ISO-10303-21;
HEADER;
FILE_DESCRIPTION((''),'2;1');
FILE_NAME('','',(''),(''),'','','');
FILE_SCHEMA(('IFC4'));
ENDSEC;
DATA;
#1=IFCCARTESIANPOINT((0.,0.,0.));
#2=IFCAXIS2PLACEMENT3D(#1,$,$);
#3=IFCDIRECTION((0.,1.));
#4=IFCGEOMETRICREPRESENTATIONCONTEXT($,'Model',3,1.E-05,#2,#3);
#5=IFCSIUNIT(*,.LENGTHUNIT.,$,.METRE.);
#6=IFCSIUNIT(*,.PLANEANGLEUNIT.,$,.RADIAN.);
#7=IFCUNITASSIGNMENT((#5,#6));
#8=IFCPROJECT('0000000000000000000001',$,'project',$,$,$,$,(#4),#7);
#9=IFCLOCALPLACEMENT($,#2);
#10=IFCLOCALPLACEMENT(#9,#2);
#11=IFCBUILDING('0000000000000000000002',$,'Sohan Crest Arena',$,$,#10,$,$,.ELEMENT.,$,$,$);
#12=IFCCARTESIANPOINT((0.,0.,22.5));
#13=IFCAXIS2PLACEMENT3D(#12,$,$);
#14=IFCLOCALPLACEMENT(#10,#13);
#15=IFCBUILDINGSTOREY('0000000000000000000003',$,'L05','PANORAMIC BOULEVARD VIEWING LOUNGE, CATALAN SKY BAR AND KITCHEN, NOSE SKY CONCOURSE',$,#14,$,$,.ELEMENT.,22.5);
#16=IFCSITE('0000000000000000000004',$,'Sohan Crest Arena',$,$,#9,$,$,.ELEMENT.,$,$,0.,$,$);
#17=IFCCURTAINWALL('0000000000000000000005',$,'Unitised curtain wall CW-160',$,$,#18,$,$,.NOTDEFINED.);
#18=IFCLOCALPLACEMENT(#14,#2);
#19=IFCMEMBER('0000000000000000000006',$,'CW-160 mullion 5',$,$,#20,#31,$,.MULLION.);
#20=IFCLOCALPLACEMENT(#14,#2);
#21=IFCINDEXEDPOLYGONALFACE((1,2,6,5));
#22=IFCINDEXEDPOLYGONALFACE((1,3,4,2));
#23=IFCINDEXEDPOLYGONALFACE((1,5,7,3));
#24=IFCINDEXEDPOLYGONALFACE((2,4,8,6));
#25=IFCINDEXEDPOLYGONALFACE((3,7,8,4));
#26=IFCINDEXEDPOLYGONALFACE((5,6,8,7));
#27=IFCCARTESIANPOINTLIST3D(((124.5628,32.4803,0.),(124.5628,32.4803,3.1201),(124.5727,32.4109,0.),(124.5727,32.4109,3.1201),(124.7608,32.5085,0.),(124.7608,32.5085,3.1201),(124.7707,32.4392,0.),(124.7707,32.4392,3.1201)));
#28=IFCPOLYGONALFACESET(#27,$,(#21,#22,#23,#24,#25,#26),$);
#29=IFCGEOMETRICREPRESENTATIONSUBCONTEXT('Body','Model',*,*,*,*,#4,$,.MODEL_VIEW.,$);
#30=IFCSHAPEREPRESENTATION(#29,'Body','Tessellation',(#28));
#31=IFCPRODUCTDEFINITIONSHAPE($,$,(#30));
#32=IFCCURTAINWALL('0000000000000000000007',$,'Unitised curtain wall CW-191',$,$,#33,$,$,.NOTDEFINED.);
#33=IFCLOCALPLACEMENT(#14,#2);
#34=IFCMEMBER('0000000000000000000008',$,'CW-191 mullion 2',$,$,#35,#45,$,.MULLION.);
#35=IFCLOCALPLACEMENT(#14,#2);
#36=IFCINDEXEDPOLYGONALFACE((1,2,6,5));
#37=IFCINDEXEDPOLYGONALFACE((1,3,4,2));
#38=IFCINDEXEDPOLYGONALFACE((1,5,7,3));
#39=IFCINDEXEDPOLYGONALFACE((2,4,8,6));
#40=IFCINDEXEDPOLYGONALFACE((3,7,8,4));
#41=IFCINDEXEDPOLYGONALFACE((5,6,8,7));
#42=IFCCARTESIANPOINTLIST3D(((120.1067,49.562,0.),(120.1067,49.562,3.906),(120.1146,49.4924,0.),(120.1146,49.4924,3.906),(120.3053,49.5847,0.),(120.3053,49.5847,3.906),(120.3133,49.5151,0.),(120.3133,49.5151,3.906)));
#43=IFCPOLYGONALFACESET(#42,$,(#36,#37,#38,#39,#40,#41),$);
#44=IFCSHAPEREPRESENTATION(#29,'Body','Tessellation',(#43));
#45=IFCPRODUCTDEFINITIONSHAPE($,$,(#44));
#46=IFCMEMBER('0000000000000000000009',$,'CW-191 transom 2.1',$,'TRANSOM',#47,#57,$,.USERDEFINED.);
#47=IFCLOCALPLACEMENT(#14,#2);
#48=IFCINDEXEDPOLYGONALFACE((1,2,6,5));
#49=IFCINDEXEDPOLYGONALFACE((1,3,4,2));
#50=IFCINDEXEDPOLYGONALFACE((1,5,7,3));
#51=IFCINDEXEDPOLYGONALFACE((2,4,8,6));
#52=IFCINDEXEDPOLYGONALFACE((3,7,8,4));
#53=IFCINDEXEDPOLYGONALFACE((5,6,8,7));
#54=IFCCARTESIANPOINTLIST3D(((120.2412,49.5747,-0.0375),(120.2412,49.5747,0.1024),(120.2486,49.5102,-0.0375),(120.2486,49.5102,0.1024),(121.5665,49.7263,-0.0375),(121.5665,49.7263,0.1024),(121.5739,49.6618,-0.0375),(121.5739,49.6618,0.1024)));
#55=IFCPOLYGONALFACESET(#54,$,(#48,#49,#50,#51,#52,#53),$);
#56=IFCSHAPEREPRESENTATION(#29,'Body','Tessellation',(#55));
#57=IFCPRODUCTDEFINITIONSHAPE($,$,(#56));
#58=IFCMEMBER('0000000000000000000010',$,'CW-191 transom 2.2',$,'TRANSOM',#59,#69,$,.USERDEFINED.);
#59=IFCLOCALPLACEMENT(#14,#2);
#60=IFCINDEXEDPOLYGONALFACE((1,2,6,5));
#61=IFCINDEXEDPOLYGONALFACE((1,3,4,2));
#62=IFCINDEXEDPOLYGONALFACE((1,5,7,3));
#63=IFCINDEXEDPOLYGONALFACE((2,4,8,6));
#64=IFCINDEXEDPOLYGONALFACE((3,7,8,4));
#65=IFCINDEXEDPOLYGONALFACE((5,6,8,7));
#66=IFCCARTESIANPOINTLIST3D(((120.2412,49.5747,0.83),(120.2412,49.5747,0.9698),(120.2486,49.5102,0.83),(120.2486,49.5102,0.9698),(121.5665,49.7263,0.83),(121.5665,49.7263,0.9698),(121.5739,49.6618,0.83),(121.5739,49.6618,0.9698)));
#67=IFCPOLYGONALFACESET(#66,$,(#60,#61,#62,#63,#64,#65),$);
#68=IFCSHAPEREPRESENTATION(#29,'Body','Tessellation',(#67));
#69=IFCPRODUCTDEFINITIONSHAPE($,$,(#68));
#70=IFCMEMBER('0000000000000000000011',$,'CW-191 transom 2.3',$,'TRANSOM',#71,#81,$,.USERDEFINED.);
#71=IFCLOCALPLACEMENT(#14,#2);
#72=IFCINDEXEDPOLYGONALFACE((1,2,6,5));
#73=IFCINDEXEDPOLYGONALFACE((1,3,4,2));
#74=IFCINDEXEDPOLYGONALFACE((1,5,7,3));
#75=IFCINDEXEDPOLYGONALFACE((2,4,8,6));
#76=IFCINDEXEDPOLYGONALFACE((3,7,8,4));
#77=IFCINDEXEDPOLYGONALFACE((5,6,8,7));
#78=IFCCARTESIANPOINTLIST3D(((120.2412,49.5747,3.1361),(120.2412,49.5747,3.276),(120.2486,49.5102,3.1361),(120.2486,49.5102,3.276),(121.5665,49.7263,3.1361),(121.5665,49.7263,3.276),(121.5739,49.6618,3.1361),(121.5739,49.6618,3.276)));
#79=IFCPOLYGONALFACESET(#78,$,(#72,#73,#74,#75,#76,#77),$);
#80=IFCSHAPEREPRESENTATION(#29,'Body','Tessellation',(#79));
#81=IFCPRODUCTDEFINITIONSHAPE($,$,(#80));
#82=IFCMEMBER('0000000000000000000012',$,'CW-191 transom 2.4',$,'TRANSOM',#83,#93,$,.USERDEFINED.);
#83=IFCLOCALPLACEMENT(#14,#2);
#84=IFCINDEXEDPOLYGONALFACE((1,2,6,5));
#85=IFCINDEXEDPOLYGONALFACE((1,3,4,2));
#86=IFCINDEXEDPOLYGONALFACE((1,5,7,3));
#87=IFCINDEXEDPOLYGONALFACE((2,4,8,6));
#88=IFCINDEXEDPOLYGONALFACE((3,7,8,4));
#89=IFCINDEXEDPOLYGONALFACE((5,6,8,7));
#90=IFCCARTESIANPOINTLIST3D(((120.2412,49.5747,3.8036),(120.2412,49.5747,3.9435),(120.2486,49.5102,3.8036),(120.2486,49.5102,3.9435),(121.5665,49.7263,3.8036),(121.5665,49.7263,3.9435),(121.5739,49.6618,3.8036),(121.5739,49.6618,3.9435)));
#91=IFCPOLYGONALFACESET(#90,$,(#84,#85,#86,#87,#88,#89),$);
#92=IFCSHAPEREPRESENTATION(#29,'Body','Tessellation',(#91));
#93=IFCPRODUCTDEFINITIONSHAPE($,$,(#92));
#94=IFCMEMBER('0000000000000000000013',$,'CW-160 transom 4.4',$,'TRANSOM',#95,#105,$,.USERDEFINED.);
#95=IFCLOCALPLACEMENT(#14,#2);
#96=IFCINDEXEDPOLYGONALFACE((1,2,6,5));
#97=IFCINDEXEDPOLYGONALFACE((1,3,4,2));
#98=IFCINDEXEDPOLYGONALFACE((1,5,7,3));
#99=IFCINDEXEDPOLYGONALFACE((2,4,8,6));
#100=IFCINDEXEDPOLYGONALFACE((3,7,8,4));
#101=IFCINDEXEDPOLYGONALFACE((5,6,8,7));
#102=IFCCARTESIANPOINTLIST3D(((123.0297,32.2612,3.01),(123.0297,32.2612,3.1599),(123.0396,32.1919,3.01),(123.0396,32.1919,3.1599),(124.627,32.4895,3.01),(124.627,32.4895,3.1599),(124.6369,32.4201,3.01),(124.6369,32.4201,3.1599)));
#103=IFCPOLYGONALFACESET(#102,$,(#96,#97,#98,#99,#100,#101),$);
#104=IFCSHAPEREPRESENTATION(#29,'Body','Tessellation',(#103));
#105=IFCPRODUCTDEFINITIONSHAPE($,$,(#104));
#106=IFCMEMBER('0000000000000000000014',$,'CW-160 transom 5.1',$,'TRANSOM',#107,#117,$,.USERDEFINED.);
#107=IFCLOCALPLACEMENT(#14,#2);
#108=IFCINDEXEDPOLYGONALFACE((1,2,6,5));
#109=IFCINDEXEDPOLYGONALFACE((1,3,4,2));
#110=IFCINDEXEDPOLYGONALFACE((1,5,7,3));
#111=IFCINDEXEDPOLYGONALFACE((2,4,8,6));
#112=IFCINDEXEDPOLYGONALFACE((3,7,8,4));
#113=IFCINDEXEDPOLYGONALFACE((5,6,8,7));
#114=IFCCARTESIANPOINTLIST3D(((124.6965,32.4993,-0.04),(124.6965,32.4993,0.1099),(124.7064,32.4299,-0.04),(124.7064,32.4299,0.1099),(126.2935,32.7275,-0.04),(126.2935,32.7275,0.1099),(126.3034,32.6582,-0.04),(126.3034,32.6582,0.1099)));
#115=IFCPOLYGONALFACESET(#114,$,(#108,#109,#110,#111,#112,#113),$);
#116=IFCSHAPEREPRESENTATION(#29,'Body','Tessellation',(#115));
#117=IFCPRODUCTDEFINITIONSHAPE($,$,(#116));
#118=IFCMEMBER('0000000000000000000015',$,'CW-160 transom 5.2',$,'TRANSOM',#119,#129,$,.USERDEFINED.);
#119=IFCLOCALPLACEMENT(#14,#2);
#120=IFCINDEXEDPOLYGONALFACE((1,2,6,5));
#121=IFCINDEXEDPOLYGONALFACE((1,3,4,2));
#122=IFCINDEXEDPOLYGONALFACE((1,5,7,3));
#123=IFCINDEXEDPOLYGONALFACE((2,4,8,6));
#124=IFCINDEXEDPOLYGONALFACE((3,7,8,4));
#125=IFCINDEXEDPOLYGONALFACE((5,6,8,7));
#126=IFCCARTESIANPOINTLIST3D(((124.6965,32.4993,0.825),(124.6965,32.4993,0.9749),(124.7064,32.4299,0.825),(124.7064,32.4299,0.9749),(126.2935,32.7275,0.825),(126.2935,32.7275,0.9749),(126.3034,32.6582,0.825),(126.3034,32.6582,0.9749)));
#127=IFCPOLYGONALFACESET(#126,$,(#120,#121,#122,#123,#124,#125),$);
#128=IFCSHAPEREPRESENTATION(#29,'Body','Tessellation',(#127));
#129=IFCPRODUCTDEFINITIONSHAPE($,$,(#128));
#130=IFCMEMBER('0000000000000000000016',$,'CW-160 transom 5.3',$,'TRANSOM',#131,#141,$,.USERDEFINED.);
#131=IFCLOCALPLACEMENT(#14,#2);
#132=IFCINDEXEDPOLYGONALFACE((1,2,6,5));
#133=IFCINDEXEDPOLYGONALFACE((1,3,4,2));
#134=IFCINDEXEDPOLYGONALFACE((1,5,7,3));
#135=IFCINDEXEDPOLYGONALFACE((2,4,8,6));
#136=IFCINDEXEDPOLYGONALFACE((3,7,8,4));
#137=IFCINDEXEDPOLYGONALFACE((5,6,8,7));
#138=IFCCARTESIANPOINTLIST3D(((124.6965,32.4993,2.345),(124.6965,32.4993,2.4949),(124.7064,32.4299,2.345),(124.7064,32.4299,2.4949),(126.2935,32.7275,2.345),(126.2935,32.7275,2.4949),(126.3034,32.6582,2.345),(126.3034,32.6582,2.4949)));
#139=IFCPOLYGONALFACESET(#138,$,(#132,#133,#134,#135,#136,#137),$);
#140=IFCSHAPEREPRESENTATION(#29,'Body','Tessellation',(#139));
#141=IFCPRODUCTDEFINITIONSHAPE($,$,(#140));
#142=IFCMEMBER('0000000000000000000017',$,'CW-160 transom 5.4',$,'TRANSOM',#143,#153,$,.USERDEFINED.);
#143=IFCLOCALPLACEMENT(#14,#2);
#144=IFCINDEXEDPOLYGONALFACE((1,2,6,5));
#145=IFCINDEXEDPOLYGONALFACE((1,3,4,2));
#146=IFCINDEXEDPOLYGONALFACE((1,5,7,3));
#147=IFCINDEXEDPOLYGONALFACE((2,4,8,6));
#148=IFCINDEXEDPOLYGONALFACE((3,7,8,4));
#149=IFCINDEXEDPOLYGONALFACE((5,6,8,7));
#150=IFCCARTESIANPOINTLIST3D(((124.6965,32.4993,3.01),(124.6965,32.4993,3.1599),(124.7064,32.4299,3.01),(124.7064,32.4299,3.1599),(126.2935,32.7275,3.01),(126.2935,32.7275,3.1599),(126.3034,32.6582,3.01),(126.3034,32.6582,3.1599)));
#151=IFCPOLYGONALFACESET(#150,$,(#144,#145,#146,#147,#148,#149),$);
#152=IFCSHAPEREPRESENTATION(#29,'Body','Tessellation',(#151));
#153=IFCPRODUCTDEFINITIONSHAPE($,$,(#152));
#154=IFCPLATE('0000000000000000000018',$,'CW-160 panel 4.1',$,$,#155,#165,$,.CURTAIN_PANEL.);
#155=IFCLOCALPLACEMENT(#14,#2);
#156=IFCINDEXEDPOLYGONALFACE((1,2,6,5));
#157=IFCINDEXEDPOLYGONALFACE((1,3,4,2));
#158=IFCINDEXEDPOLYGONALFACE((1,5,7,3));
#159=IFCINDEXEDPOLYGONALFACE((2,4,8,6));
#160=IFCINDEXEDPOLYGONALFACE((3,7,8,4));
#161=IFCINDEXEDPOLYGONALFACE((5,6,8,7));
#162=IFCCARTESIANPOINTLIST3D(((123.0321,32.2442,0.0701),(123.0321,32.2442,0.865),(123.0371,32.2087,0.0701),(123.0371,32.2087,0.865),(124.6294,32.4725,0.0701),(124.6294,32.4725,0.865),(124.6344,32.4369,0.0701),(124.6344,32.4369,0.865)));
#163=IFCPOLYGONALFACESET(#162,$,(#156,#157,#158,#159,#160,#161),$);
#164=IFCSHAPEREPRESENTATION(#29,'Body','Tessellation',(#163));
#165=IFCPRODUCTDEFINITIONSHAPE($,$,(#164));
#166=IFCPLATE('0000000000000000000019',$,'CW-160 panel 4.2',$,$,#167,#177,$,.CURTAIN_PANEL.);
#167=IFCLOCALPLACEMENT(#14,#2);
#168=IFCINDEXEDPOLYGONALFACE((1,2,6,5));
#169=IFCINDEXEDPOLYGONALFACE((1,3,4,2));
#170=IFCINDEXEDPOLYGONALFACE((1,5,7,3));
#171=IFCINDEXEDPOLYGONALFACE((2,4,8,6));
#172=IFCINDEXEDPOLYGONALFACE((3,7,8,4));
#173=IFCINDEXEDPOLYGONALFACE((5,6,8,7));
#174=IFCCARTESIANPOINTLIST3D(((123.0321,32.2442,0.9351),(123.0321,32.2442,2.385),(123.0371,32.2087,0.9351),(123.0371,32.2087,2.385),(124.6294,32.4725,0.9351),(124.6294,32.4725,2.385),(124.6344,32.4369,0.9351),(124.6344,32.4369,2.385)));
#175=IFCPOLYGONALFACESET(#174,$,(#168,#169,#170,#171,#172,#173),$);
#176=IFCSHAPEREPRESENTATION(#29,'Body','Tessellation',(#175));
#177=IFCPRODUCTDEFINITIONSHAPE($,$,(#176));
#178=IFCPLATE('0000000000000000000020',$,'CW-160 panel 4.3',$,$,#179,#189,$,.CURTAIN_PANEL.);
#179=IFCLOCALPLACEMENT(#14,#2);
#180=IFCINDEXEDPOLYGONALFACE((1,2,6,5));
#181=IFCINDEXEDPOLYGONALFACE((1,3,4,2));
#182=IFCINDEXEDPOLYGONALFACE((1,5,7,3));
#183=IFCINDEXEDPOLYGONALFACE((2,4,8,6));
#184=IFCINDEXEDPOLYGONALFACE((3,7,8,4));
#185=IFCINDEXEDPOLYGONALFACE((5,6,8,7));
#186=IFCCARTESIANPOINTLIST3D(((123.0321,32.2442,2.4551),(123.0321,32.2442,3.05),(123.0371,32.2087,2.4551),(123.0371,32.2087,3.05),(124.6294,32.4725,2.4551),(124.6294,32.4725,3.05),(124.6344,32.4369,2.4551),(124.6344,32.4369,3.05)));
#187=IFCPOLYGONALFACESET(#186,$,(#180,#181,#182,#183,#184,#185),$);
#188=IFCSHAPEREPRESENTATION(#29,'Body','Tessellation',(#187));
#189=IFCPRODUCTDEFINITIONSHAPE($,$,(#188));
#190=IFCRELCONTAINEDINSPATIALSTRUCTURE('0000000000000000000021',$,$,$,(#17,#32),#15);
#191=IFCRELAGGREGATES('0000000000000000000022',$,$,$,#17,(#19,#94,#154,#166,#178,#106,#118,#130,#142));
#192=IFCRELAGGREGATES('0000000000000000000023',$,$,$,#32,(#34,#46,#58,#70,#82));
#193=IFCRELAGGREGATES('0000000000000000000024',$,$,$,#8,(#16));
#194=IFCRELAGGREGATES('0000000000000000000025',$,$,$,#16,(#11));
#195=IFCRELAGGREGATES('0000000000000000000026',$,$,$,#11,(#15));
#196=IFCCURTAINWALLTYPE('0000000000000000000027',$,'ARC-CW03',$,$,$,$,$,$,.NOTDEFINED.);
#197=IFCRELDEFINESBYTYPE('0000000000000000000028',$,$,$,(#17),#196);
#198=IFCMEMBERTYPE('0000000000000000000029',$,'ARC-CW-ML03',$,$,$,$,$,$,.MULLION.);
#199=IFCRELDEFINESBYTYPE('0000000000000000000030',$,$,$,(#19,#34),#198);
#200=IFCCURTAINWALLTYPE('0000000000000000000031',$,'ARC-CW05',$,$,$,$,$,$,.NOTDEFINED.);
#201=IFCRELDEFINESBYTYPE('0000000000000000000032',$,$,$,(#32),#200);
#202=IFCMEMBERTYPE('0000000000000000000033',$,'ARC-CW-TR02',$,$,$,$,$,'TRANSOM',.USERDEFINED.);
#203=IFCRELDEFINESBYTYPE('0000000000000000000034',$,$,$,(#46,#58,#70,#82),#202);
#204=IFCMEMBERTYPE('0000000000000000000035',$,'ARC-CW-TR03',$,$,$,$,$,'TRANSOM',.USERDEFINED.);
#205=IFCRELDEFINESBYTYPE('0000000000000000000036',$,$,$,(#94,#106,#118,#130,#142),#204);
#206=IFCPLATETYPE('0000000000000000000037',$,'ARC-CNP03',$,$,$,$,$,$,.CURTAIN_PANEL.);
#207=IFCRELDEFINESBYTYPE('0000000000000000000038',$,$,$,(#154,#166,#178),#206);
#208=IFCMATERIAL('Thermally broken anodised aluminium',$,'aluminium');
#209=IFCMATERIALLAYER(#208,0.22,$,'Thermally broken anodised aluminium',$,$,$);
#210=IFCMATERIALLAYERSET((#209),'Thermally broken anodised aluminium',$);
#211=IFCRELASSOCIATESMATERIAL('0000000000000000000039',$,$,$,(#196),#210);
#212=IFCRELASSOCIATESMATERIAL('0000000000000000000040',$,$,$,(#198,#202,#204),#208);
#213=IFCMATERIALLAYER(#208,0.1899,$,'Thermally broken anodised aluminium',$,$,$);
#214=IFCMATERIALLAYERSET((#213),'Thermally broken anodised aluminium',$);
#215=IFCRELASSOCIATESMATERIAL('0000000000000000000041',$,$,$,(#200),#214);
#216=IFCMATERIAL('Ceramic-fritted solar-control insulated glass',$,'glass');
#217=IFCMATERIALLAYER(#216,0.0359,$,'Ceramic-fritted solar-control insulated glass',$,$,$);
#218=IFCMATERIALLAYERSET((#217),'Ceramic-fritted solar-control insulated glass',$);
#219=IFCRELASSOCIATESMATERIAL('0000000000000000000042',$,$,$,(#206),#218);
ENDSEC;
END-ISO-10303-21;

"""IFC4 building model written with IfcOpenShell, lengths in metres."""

from ifc_helpers import new_model, si_unit, direction, frame, origin, origin_2d, place, context, subcontext, project, spatial, rectangle, extrude, material, layer, layer_set, material_profile, profile_set, type_object, element, aggregate, save


model = new_model("IFC4")

# Units and contexts
model_context = context("Model", 3, precision=1e-05, world=origin(), true_north=direction((0.0, 1.0)))
body_context = subcontext(model_context, "Body", "Model", "MODEL_VIEW")
ifc_project = project(units=[si_unit("LENGTHUNIT", "METRE"), si_unit("PLANEANGLEUNIT", "RADIAN")], contexts=[model_context])

# Site, building, storey
site_placement = place(None, origin())
site = spatial("IfcSite", under=ifc_project, at=site_placement, Name="Sohan Crest Arena", CompositionType="ELEMENT", RefElevation=0.0)
building_placement = place(site_placement, origin())
building = spatial("IfcBuilding", under=site, at=building_placement, Name="Sohan Crest Arena", CompositionType="ELEMENT")
storey_placement = place(building_placement, frame((0.0, 0.0, 22.5)))
storey = spatial("IfcBuildingStorey", under=building, at=storey_placement, Name="L05", Description="PANORAMIC BOULEVARD VIEWING LOUNGE, CATALAN SKY BAR AND KITCHEN, NOSE SKY CONCOURSE", CompositionType="ELEMENT", Elevation=22.5)

# Curtain wall, member
ifc_material_1 = material(Name="Thermally broken anodised aluminium", Category="aluminium")
ifc_layer_1 = layer(ifc_material_1, 0.22, Name="Thermally broken anodised aluminium")
ifc_layer_set_1 = layer_set([ifc_layer_1], Name="Thermally broken anodised aluminium")
curtain_wall_type_1 = type_object("IfcCurtainWallType", Name="ARC-CW03", PredefinedType="NOTDEFINED", material=ifc_layer_set_1)
curtain_wall_1_placement = place(storey_placement, origin())
curtain_wall_1 = element("IfcCurtainWall", 1, at=curtain_wall_1_placement, inside=storey, type_object=curtain_wall_type_1, Name="Unitised curtain wall CW-160", PredefinedType="NOTDEFINED")
ifc_material_profile_1 = material_profile(ifc_material_1, rectangle(XDim=0.0701, YDim=0.2, at=origin_2d()), Name="ALU-MULL 70x200")
ifc_profile_set_1 = profile_set([ifc_material_profile_1], Name="Thermally broken anodised aluminium")
member_type_1 = type_object("IfcMemberType", Name="ARC-CW-ML03", PredefinedType="MULLION", material=ifc_profile_set_1)
member_1_placement = place(storey_placement, frame((124.6667, 32.4597, 0.0), z_axis=(0.0, 0.0, 1.0), x_axis=(-0.141463, 0.989944, 0.0)))
member_1 = element("IfcMember", 2, at=member_1_placement, type_object=member_type_1, Name="CW-160 mullion 5", PredefinedType="MULLION", context=body_context, shape_type="SweptSolid", body=[
    extrude(rectangle(XDim=0.0701, YDim=0.2, at=origin_2d()), origin(), (0.0, 0.0, 1.0), 3.1201),
])

# Curtain wall, members
ifc_layer_2 = layer(ifc_material_1, 0.1899, Name="Thermally broken anodised aluminium")
ifc_layer_set_2 = layer_set([ifc_layer_2], Name="Thermally broken anodised aluminium")
curtain_wall_type_2 = type_object("IfcCurtainWallType", Name="ARC-CW05", PredefinedType="NOTDEFINED", material=ifc_layer_set_2)
curtain_wall_2_placement = place(storey_placement, origin())
curtain_wall_2 = element("IfcCurtainWall", 3, at=curtain_wall_2_placement, inside=storey, type_object=curtain_wall_type_2, Name="Unitised curtain wall CW-191", PredefinedType="NOTDEFINED")
member_2_placement = place(storey_placement, frame((120.21, 49.5386, 0.0), z_axis=(0.0, 0.0, 1.0), x_axis=(-0.113597, 0.993527, 0.0)))
member_2 = element("IfcMember", 4, at=member_2_placement, type_object=member_type_1, Name="CW-191 mullion 2", PredefinedType="MULLION", context=body_context, shape_type="SweptSolid", body=[
    extrude(rectangle(XDim=0.0701, YDim=0.2, at=origin_2d()), origin(), (0.0, 0.0, 1.0), 3.906),
])
ifc_material_profile_2 = material_profile(ifc_material_1, rectangle(XDim=0.0649, YDim=0.1399, at=origin_2d()), Name="ALU-TRAN 65x140")
ifc_profile_set_2 = profile_set([ifc_material_profile_2], Name="Thermally broken anodised aluminium")
member_type_2 = type_object("IfcMemberType", Name="ARC-CW-TR02", ElementType="TRANSOM", PredefinedType="USERDEFINED", material=ifc_profile_set_2)
member_3_placement = place(storey_placement, frame((120.2449, 49.5425, 0.0325), z_axis=(0.993521, 0.113645, 0.0), x_axis=(-0.113645, 0.993521, 0.0)))
member_3 = element("IfcMember", 5, at=member_3_placement, type_object=member_type_2, Name="CW-191 transom 2.1", ObjectType="TRANSOM", PredefinedType="USERDEFINED", context=body_context, shape_type="SweptSolid", body=[
    extrude(rectangle(XDim=0.0649, YDim=0.1399, at=origin_2d()), origin(), (0.0, 0.0, 1.0), 1.334),
])
member_4_placement = place(storey_placement, frame((120.2449, 49.5425, 0.8999), z_axis=(0.993521, 0.113645, 0.0), x_axis=(-0.113645, 0.993521, 0.0)))
member_4 = element("IfcMember", 6, at=member_4_placement, type_object=member_type_2, Name="CW-191 transom 2.2", ObjectType="TRANSOM", PredefinedType="USERDEFINED", context=body_context, shape_type="SweptSolid", body=[
    extrude(rectangle(XDim=0.0649, YDim=0.1399, at=origin_2d()), origin(), (0.0, 0.0, 1.0), 1.334),
])
member_5_placement = place(storey_placement, frame((120.2449, 49.5425, 3.2061), z_axis=(0.993521, 0.113645, 0.0), x_axis=(-0.113645, 0.993521, 0.0)))
member_5 = element("IfcMember", 7, at=member_5_placement, type_object=member_type_2, Name="CW-191 transom 2.3", ObjectType="TRANSOM", PredefinedType="USERDEFINED", context=body_context, shape_type="SweptSolid", body=[
    extrude(rectangle(XDim=0.0649, YDim=0.1399, at=origin_2d()), origin(), (0.0, 0.0, 1.0), 1.334),
])
member_6_placement = place(storey_placement, frame((120.2449, 49.5425, 3.8735), z_axis=(0.993521, 0.113645, 0.0), x_axis=(-0.113645, 0.993521, 0.0)))
member_6 = element("IfcMember", 8, at=member_6_placement, type_object=member_type_2, Name="CW-191 transom 2.4", ObjectType="TRANSOM", PredefinedType="USERDEFINED", context=body_context, shape_type="SweptSolid", body=[
    extrude(rectangle(XDim=0.0649, YDim=0.1399, at=origin_2d()), origin(), (0.0, 0.0, 1.0), 1.334),
])

# Members
ifc_material_profile_3 = material_profile(ifc_material_1, rectangle(XDim=0.0701, YDim=0.1499, at=origin_2d()), Name="ALU-TRAN 70x150")
ifc_profile_set_3 = profile_set([ifc_material_profile_3], Name="Thermally broken anodised aluminium")
member_type_3 = type_object("IfcMemberType", Name="ARC-CW-TR03", ElementType="TRANSOM", PredefinedType="USERDEFINED", material=ifc_profile_set_3)
member_7_placement = place(storey_placement, frame((123.0347, 32.2266, 3.085), z_axis=(0.989943, 0.141464, 0.0), x_axis=(-0.141464, 0.989943, 0.0)))
member_7 = element("IfcMember", 9, at=member_7_placement, type_object=member_type_3, Name="CW-160 transom 4.4", ObjectType="TRANSOM", PredefinedType="USERDEFINED", context=body_context, shape_type="SweptSolid", body=[
    extrude(rectangle(XDim=0.0701, YDim=0.1499, at=origin_2d()), origin(), (0.0, 0.0, 1.0), 1.6135),
])
member_8_placement = place(storey_placement, frame((124.7014, 32.4646, 0.0349), z_axis=(0.98994, 0.141485, 0.0), x_axis=(-0.141485, 0.98994, 0.0)))
member_8 = element("IfcMember", 10, at=member_8_placement, type_object=member_type_3, Name="CW-160 transom 5.1", ObjectType="TRANSOM", PredefinedType="USERDEFINED", context=body_context, shape_type="SweptSolid", body=[
    extrude(rectangle(XDim=0.0701, YDim=0.1499, at=origin_2d()), origin(), (0.0, 0.0, 1.0), 1.6133),
])
member_9_placement = place(storey_placement, frame((124.7014, 32.4646, 0.8999), z_axis=(0.98994, 0.141485, 0.0), x_axis=(-0.141485, 0.98994, 0.0)))
member_9 = element("IfcMember", 11, at=member_9_placement, type_object=member_type_3, Name="CW-160 transom 5.2", ObjectType="TRANSOM", PredefinedType="USERDEFINED", context=body_context, shape_type="SweptSolid", body=[
    extrude(rectangle(XDim=0.0701, YDim=0.1499, at=origin_2d()), origin(), (0.0, 0.0, 1.0), 1.6133),
])
member_10_placement = place(storey_placement, frame((124.7014, 32.4646, 2.4199), z_axis=(0.98994, 0.141485, 0.0), x_axis=(-0.141485, 0.98994, 0.0)))
member_10 = element("IfcMember", 12, at=member_10_placement, type_object=member_type_3, Name="CW-160 transom 5.3", ObjectType="TRANSOM", PredefinedType="USERDEFINED", context=body_context, shape_type="SweptSolid", body=[
    extrude(rectangle(XDim=0.0701, YDim=0.1499, at=origin_2d()), origin(), (0.0, 0.0, 1.0), 1.6133),
])
member_11_placement = place(storey_placement, frame((124.7014, 32.4646, 3.085), z_axis=(0.98994, 0.141485, 0.0), x_axis=(-0.141485, 0.98994, 0.0)))
member_11 = element("IfcMember", 13, at=member_11_placement, type_object=member_type_3, Name="CW-160 transom 5.4", ObjectType="TRANSOM", PredefinedType="USERDEFINED", context=body_context, shape_type="SweptSolid", body=[
    extrude(rectangle(XDim=0.0701, YDim=0.1499, at=origin_2d()), origin(), (0.0, 0.0, 1.0), 1.6133),
])

# Plates
ifc_material_2 = material(Name="Ceramic-fritted solar-control insulated glass", Category="glass")
ifc_layer_3 = layer(ifc_material_2, 0.0359, Name="Ceramic-fritted solar-control insulated glass")
ifc_layer_set_3 = layer_set([ifc_layer_3], Name="Ceramic-fritted solar-control insulated glass")
plate_type = type_object("IfcPlateType", Name="ARC-CNP03", PredefinedType="CURTAIN_PANEL", material=ifc_layer_set_3)
plate_1_placement = place(storey_placement, frame((123.8333, 32.3406, 0.0701), z_axis=(0.0, 0.0, 1.0), x_axis=(0.989944, 0.141463, 0.0)))
plate_1 = element("IfcPlate", 14, at=plate_1_placement, type_object=plate_type, Name="CW-160 panel 4.1", PredefinedType="CURTAIN_PANEL", context=body_context, shape_type="SweptSolid", body=[
    extrude(rectangle(XDim=1.6135, YDim=0.0359, at=origin_2d()), origin(), (0.0, 0.0, 1.0), 0.7949),
])
plate_2_placement = place(storey_placement, frame((123.8333, 32.3406, 0.9351), z_axis=(0.0, 0.0, 1.0), x_axis=(0.989944, 0.141463, 0.0)))
plate_2 = element("IfcPlate", 15, at=plate_2_placement, type_object=plate_type, Name="CW-160 panel 4.2", PredefinedType="CURTAIN_PANEL", context=body_context, shape_type="SweptSolid", body=[
    extrude(rectangle(XDim=1.6135, YDim=0.0359, at=origin_2d()), origin(), (0.0, 0.0, 1.0), 1.45),
])
plate_3_placement = place(storey_placement, frame((123.8333, 32.3406, 2.4551), z_axis=(0.0, 0.0, 1.0), x_axis=(0.989944, 0.141463, 0.0)))
plate_3 = element("IfcPlate", 16, at=plate_3_placement, type_object=plate_type, Name="CW-160 panel 4.3", PredefinedType="CURTAIN_PANEL", context=body_context, shape_type="SweptSolid", body=[
    extrude(rectangle(XDim=1.6135, YDim=0.0359, at=origin_2d()), origin(), (0.0, 0.0, 1.0), 0.595),
])
aggregate(curtain_wall_1, [member_1, member_7, plate_1, plate_2, plate_3, member_8, member_9, member_10, member_11])
aggregate(curtain_wall_2, [member_2, member_3, member_4, member_5, member_6])

save(model, "model.ifc")
